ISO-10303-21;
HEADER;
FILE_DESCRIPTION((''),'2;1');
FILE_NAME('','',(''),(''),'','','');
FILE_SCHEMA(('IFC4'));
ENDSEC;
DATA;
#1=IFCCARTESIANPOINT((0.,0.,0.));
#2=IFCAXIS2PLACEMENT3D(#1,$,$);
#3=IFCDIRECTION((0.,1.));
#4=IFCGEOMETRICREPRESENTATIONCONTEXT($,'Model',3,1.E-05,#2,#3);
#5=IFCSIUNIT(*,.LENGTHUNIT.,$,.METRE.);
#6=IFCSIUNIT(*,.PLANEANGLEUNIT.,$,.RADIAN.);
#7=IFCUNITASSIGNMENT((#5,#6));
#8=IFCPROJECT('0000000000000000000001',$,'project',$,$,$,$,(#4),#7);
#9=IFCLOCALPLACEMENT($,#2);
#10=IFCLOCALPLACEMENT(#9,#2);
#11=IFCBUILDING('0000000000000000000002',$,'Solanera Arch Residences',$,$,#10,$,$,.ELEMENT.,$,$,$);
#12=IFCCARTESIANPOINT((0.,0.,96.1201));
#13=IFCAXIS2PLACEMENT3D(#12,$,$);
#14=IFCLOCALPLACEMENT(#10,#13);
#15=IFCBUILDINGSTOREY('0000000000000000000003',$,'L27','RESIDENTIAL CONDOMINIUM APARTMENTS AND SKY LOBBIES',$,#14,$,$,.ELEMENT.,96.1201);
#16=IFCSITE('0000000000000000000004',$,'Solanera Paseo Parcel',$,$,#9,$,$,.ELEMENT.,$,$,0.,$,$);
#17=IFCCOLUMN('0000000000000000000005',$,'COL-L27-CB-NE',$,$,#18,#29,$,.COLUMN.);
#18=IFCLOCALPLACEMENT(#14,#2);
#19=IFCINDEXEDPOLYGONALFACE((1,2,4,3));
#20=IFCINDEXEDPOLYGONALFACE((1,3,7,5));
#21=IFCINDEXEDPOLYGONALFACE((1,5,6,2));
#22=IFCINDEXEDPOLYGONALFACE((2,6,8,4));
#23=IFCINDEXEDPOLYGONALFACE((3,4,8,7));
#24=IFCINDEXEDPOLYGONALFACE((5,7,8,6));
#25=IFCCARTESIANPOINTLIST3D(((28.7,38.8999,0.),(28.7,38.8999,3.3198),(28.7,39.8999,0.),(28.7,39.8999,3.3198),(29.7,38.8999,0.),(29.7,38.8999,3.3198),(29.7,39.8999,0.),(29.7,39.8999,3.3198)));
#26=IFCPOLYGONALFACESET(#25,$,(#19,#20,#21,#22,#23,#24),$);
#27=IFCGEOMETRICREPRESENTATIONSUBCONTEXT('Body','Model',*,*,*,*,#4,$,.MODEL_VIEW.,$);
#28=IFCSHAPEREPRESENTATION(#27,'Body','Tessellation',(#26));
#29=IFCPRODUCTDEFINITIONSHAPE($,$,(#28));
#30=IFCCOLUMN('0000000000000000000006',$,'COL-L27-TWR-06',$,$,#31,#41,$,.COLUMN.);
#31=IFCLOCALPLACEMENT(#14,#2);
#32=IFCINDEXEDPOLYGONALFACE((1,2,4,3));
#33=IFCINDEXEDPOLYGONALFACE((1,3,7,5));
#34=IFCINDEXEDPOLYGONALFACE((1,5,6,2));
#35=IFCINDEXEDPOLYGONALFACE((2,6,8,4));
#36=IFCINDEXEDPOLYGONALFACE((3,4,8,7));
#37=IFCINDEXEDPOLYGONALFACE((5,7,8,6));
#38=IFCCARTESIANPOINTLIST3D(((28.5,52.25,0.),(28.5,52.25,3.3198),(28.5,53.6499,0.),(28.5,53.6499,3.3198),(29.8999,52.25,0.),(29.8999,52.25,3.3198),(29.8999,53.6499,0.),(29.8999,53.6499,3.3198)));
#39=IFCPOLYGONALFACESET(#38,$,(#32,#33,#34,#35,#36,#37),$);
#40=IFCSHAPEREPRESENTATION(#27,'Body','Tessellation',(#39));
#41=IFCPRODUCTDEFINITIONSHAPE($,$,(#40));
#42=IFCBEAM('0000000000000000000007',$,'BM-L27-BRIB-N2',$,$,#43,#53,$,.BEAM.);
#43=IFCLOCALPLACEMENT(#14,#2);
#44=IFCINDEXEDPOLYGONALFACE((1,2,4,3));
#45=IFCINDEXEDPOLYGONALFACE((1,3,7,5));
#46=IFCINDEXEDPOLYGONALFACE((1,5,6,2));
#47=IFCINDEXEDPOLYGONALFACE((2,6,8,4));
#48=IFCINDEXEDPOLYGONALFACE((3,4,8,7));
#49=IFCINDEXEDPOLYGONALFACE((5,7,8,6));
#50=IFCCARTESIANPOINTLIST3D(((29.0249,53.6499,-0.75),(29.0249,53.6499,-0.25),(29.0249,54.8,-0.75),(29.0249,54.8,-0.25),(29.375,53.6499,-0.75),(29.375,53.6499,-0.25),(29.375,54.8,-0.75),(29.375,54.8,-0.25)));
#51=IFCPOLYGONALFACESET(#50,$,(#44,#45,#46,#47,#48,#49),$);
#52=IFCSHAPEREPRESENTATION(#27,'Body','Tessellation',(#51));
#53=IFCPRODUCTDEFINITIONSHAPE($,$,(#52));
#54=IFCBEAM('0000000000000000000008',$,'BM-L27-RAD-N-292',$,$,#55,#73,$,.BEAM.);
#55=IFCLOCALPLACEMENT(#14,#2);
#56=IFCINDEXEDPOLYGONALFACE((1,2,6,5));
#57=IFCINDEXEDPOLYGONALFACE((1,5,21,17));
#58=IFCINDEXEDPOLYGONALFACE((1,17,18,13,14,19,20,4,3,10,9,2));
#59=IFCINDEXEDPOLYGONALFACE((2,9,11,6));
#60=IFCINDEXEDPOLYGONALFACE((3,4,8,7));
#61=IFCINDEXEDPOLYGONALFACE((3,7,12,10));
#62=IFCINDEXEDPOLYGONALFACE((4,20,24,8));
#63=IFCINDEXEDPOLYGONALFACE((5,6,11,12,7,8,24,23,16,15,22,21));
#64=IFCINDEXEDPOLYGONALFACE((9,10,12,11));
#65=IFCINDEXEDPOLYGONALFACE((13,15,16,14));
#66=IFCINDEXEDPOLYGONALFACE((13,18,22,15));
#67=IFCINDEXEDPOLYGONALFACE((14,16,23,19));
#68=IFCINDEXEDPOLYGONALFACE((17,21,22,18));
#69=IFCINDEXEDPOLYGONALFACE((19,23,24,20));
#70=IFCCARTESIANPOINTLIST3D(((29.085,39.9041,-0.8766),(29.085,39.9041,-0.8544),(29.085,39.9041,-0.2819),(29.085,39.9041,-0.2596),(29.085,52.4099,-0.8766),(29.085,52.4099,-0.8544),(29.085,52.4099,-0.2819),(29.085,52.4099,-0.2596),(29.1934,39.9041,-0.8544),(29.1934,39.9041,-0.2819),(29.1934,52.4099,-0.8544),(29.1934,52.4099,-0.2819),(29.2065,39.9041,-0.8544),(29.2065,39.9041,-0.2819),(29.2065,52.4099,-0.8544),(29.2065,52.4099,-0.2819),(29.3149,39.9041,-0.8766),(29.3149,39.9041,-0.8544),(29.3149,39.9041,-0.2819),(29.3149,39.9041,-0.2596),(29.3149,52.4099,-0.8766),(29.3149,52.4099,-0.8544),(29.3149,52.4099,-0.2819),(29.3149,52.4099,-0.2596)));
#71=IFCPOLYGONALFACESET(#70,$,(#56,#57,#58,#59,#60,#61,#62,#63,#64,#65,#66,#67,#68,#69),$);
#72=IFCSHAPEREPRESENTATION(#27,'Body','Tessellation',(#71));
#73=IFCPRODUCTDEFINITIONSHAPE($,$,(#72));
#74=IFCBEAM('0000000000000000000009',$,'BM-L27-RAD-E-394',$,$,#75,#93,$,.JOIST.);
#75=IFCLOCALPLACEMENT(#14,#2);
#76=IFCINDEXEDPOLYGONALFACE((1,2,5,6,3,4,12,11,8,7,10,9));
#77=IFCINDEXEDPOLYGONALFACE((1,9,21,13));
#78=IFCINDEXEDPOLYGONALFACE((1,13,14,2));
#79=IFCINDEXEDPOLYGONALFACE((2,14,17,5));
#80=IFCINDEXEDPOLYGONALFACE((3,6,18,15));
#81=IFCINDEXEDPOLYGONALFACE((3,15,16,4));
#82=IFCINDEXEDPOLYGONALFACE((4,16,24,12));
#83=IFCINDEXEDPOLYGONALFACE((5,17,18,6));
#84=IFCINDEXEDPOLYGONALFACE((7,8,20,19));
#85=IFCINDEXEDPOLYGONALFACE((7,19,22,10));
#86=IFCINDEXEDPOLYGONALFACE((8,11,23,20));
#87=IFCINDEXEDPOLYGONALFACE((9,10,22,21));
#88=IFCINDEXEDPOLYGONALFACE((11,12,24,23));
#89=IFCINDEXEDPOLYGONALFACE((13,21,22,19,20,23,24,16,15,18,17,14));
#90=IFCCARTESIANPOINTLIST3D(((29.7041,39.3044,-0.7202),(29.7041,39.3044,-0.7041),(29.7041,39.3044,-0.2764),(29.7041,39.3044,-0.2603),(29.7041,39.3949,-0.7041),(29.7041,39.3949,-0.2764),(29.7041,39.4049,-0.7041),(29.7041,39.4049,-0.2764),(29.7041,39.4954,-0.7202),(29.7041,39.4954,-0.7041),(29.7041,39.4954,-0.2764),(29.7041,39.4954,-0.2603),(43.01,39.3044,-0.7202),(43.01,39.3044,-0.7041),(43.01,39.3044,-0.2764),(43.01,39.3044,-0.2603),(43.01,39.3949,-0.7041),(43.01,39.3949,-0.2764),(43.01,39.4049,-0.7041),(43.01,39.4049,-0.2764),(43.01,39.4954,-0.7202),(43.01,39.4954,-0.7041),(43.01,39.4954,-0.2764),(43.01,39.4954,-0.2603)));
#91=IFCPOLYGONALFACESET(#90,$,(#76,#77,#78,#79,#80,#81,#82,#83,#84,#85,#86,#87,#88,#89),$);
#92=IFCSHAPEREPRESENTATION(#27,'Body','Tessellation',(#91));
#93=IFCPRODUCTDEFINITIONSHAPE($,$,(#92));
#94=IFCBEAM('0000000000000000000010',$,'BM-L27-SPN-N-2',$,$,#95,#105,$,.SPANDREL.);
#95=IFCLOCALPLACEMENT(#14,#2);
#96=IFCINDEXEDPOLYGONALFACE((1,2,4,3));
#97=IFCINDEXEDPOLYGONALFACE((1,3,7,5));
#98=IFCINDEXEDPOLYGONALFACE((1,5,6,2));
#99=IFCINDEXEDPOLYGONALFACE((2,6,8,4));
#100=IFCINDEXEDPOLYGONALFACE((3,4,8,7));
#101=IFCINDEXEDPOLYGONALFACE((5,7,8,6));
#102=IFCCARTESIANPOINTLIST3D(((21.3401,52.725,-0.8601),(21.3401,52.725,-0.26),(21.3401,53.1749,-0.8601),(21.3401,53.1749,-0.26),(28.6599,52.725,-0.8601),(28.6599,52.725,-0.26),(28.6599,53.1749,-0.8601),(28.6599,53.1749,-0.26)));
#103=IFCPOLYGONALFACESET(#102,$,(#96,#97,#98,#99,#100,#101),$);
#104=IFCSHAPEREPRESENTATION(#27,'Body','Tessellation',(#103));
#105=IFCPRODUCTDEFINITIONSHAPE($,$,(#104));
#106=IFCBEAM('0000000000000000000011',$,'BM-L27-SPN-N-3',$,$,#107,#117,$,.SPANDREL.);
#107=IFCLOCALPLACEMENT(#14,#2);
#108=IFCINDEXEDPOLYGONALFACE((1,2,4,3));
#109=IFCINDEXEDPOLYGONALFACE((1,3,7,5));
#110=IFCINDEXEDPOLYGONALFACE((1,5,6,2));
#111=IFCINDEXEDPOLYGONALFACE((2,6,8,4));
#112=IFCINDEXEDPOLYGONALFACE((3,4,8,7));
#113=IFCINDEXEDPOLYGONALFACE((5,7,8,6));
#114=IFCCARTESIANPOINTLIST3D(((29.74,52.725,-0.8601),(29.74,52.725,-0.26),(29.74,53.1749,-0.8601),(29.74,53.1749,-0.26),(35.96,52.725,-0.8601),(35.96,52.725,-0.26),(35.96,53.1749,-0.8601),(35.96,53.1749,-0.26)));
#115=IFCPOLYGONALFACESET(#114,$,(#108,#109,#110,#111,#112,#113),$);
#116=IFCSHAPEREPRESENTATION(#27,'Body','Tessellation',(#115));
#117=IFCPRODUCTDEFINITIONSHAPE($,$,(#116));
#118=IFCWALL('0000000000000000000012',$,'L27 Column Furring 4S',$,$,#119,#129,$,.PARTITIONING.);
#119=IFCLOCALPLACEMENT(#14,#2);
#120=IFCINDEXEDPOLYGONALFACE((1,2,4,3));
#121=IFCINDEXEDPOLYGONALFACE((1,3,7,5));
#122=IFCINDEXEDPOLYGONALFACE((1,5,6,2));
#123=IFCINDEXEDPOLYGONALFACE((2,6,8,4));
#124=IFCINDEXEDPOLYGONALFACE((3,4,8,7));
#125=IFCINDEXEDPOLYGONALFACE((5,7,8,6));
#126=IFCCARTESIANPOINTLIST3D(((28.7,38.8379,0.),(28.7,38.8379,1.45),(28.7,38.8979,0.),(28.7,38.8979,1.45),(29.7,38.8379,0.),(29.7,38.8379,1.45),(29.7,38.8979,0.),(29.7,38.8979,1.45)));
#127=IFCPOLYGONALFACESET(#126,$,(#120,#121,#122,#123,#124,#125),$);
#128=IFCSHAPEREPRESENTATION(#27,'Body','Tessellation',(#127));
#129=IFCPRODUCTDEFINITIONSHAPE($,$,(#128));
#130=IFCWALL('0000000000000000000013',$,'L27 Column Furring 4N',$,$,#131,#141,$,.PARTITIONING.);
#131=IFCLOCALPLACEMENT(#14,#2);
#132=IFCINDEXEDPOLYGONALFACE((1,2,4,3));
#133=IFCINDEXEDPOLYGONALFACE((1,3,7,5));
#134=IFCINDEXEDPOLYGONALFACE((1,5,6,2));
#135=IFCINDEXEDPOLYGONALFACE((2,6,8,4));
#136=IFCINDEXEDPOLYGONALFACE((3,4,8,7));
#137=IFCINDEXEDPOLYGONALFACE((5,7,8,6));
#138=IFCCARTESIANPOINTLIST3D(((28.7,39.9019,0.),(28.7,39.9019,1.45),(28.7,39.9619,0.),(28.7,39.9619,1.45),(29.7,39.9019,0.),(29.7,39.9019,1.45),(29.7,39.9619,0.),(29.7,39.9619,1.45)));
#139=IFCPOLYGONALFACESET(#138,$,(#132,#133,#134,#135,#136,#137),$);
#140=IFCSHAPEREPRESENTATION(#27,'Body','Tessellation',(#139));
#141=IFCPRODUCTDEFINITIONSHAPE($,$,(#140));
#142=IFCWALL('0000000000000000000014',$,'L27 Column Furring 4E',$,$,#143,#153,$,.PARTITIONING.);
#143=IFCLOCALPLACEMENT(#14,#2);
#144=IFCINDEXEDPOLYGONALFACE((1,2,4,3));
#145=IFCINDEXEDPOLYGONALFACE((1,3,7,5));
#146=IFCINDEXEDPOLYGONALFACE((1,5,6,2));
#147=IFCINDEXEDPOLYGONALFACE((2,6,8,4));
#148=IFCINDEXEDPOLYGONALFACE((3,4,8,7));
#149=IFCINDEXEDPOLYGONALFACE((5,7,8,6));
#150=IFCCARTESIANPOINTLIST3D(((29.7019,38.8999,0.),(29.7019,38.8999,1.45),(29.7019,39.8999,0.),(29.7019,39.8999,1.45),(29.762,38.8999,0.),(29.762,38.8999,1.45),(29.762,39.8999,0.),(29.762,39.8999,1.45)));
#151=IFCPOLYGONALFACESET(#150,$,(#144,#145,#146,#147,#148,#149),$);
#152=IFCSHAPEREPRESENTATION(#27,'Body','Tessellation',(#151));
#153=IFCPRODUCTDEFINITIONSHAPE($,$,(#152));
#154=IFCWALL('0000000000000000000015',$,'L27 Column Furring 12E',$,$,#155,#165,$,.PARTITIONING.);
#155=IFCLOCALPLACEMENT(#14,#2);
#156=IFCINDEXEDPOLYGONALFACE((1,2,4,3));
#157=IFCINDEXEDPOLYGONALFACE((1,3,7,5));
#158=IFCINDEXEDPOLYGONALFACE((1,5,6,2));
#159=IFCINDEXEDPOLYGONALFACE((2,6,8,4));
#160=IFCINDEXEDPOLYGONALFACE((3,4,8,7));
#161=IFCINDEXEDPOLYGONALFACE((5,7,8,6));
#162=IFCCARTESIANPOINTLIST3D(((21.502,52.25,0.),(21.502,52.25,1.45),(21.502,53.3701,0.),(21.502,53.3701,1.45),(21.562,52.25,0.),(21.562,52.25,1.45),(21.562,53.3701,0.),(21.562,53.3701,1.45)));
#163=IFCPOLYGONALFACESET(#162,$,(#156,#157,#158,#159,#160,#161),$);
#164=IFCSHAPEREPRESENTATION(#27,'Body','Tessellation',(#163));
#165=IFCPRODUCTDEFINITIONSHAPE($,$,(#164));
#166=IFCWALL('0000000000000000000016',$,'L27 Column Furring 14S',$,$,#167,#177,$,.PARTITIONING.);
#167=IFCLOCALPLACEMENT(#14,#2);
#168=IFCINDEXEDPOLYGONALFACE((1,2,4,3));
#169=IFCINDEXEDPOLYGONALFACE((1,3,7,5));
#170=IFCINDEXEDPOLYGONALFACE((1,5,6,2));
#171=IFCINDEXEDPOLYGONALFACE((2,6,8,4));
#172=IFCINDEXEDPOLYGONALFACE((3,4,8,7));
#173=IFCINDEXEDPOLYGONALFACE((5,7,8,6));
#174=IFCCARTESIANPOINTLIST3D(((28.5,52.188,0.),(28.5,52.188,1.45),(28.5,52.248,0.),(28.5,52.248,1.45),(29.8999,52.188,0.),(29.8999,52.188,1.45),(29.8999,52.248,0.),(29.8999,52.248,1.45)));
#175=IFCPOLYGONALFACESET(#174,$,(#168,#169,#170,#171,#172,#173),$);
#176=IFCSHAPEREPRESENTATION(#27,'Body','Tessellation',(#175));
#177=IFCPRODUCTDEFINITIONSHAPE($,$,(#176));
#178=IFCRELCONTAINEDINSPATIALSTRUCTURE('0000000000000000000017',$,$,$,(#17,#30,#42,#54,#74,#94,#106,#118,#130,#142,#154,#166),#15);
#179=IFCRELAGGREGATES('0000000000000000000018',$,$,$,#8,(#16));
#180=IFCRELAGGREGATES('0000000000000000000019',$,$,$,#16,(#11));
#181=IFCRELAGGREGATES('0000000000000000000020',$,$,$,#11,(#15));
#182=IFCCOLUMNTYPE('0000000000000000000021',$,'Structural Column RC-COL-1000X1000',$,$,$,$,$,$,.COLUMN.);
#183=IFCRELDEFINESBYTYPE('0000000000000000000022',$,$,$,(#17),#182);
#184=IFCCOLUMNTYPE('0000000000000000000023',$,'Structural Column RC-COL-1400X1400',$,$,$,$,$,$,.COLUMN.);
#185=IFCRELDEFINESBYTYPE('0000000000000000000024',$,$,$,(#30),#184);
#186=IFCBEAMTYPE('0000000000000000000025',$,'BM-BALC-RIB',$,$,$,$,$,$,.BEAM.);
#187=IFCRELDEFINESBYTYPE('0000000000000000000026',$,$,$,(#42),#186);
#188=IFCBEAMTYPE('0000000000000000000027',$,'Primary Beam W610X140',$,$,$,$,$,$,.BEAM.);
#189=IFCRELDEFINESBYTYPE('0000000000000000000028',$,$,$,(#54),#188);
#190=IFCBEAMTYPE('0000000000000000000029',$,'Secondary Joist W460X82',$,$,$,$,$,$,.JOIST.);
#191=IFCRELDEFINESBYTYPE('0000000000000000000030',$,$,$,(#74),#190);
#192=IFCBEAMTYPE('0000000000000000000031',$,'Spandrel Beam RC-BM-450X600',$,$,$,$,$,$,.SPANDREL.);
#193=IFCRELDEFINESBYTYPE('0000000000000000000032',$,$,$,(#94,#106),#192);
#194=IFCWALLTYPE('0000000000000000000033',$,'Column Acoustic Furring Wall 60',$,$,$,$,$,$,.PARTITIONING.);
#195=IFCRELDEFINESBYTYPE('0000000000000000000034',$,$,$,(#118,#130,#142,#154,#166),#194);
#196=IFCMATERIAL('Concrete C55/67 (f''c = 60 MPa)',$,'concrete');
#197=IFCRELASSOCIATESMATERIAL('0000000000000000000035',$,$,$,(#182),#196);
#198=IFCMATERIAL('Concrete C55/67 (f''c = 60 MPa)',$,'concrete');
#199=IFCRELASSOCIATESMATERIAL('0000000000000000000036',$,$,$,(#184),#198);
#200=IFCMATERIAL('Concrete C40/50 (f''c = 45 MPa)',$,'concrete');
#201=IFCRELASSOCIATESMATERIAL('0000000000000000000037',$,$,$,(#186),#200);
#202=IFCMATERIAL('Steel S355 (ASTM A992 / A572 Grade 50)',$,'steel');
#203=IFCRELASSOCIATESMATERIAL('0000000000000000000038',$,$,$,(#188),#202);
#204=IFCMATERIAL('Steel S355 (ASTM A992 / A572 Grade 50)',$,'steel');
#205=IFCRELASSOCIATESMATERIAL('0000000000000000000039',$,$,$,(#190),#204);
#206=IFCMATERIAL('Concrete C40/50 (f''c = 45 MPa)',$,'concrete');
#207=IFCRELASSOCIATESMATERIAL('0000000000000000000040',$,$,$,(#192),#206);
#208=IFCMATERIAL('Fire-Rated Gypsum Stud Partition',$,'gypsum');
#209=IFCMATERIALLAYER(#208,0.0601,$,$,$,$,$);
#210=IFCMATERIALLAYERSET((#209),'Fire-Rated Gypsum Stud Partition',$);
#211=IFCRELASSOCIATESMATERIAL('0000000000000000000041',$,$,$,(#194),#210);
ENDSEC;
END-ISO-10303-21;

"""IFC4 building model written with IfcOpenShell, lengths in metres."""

from ifc_helpers import new_model, si_unit, direction, frame, frame_2d, origin, origin_2d, place, context, subcontext, project, spatial, rectangle, i_section, extrude, material, layer, layer_set, material_profile, profile_set, type_object, element, save


model = new_model("IFC4")

# Units and contexts
model_context = context("Model", 3, precision=1e-05, world=origin(), true_north=direction((0.0, 1.0)))
body_context = subcontext(model_context, "Body", "Model", "MODEL_VIEW")
ifc_project = project(units=[si_unit("LENGTHUNIT", "METRE"), si_unit("PLANEANGLEUNIT", "RADIAN")], contexts=[model_context])

# Site, building, storey
site_placement = place(None, origin())
site = spatial("IfcSite", under=ifc_project, at=site_placement, Name="Solanera Paseo Parcel", CompositionType="ELEMENT", RefElevation=0.0)
building_placement = place(site_placement, origin())
building = spatial("IfcBuilding", under=site, at=building_placement, Name="Solanera Arch Residences", CompositionType="ELEMENT")
storey_placement = place(building_placement, frame((0.0, 0.0, 96.1201)))
storey = spatial("IfcBuildingStorey", under=building, at=storey_placement, Name="L27", Description="RESIDENTIAL CONDOMINIUM APARTMENTS AND SKY LOBBIES", CompositionType="ELEMENT", Elevation=96.1201)

# Columns
ifc_material_1 = material(Name="Concrete C55/67 (f'c = 60 MPa)", Category="concrete")
ifc_material_profile_1 = material_profile(ifc_material_1, rectangle(XDim=1.0, YDim=1.0, at=origin_2d()))
ifc_profile_set_1 = profile_set([ifc_material_profile_1], Name="Concrete C55/67 (f'c = 60 MPa)")
column_type_1 = type_object("IfcColumnType", Name="Structural Column RC-COL-1000X1000", PredefinedType="COLUMN", material=ifc_profile_set_1)
column_1_placement = place(storey_placement, frame((29.2, 39.3999, 0.0), z_axis=(0.0, 0.0, 1.0), x_axis=(1.0, 0.0, 0.0)))
element("IfcColumn", 1, at=column_1_placement, inside=storey, type_object=column_type_1, Name="COL-L27-CB-NE", PredefinedType="COLUMN", context=body_context, shape_type="SweptSolid", body=[
    extrude(rectangle(XDim=1.0, YDim=1.0, at=origin_2d()), origin(), (0.0, 0.0, 1.0), 3.3198),
])
ifc_material_2 = material(Name="Concrete C55/67 (f'c = 60 MPa)", Category="concrete")
ifc_material_profile_2 = material_profile(ifc_material_2, rectangle(XDim=1.3999, YDim=1.3999, at=origin_2d()))
ifc_profile_set_2 = profile_set([ifc_material_profile_2], Name="Concrete C55/67 (f'c = 60 MPa)")
column_type_2 = type_object("IfcColumnType", Name="Structural Column RC-COL-1400X1400", PredefinedType="COLUMN", material=ifc_profile_set_2)
column_2_placement = place(storey_placement, frame((29.2, 52.95, 0.0), z_axis=(0.0, 0.0, 1.0), x_axis=(1.0, 0.0, 0.0)))
element("IfcColumn", 2, at=column_2_placement, inside=storey, type_object=column_type_2, Name="COL-L27-TWR-06", PredefinedType="COLUMN", context=body_context, shape_type="SweptSolid", body=[
    extrude(rectangle(XDim=1.3999, YDim=1.3999, at=origin_2d()), origin(), (0.0, 0.0, 1.0), 3.3198),
])

# Beams
ifc_material_3 = material(Name="Concrete C40/50 (f'c = 45 MPa)", Category="concrete")
ifc_material_profile_3 = material_profile(ifc_material_3, rectangle(XDim=0.3501, YDim=0.5, at=origin_2d()))
ifc_profile_set_3 = profile_set([ifc_material_profile_3], Name="Concrete C40/50 (f'c = 45 MPa)")
beam_type_1 = type_object("IfcBeamType", Name="BM-BALC-RIB", PredefinedType="BEAM", material=ifc_profile_set_3)
beam_1_placement = place(storey_placement, frame((29.2, 53.6499, -0.5), z_axis=(0.0, 1.0, 0.0), x_axis=(-1.0, 0.0, 0.0)))
element("IfcBeam", 3, at=beam_1_placement, inside=storey, type_object=beam_type_1, Name="BM-L27-BRIB-N2", PredefinedType="BEAM", context=body_context, shape_type="SweptSolid", body=[
    extrude(rectangle(XDim=0.3501, YDim=0.5, at=origin_2d()), origin(), (0.0, 0.0, 1.0), 1.1501),
])
ifc_material_4 = material(Name="Steel S355 (ASTM A992 / A572 Grade 50)", Category="steel")
ifc_material_profile_4 = material_profile(ifc_material_4, i_section(OverallWidth=0.23, OverallDepth=0.6169, WebThickness=0.0132, FlangeThickness=0.0222, at=origin_2d()))
ifc_profile_set_4 = profile_set([ifc_material_profile_4], Name="Steel S355 (ASTM A992 / A572 Grade 50)")
beam_type_2 = type_object("IfcBeamType", Name="Primary Beam W610X140", PredefinedType="BEAM", material=ifc_profile_set_4)
beam_2_placement = place(storey_placement, frame((29.2, 39.9041, -0.5681), z_axis=(0.0, 1.0, 0.0), x_axis=(-1.0, 0.0, 0.0)))
element("IfcBeam", 4, at=beam_2_placement, inside=storey, type_object=beam_type_2, Name="BM-L27-RAD-N-292", PredefinedType="BEAM", context=body_context, shape_type="SweptSolid", body=[
    extrude(i_section(OverallWidth=0.23, OverallDepth=0.6169, WebThickness=0.0132, FlangeThickness=0.0222, at=origin_2d()), origin(), (0.0, 0.0, 1.0), 12.5059),
])
ifc_material_5 = material(Name="Steel S355 (ASTM A992 / A572 Grade 50)", Category="steel")
ifc_material_profile_5 = material_profile(ifc_material_5, i_section(OverallWidth=0.1909, OverallDepth=0.46, WebThickness=0.01, FlangeThickness=0.0161, at=origin_2d()))
ifc_profile_set_5 = profile_set([ifc_material_profile_5], Name="Steel S355 (ASTM A992 / A572 Grade 50)")
beam_type_3 = type_object("IfcBeamType", Name="Secondary Joist W460X82", PredefinedType="JOIST", material=ifc_profile_set_5)
beam_3_placement = place(storey_placement, frame((29.7041, 39.3999, -0.4902), z_axis=(1.0, 0.0, 0.0), x_axis=(0.0, 1.0, 0.0)))
element("IfcBeam", 5, at=beam_3_placement, inside=storey, type_object=beam_type_3, Name="BM-L27-RAD-E-394", PredefinedType="JOIST", context=body_context, shape_type="SweptSolid", body=[
    extrude(i_section(OverallWidth=0.1909, OverallDepth=0.46, WebThickness=0.01, FlangeThickness=0.0161, at=origin_2d()), origin(), (0.0, 0.0, 1.0), 13.3059),
])
ifc_material_6 = material(Name="Concrete C40/50 (f'c = 45 MPa)", Category="concrete")
ifc_material_profile_6 = material_profile(ifc_material_6, rectangle(XDim=0.45, YDim=0.6001, at=origin_2d()))
ifc_profile_set_6 = profile_set([ifc_material_profile_6], Name="Concrete C40/50 (f'c = 45 MPa)")
beam_type_4 = type_object("IfcBeamType", Name="Spandrel Beam RC-BM-450X600", PredefinedType="SPANDREL", material=ifc_profile_set_6)
beam_4_placement = place(storey_placement, frame((21.3401, 52.95, -0.5601), z_axis=(1.0, 0.0, 0.0), x_axis=(0.0, 1.0, 0.0)))
element("IfcBeam", 6, at=beam_4_placement, inside=storey, type_object=beam_type_4, Name="BM-L27-SPN-N-2", PredefinedType="SPANDREL", context=body_context, shape_type="SweptSolid", body=[
    extrude(rectangle(XDim=0.45, YDim=0.6001, at=origin_2d()), origin(), (0.0, 0.0, 1.0), 7.3198),
])
beam_5_placement = place(storey_placement, frame((29.74, 52.95, -0.5601), z_axis=(1.0, 0.0, 0.0), x_axis=(0.0, 1.0, 0.0)))
element("IfcBeam", 7, at=beam_5_placement, inside=storey, type_object=beam_type_4, Name="BM-L27-SPN-N-3", PredefinedType="SPANDREL", context=body_context, shape_type="SweptSolid", body=[
    extrude(rectangle(XDim=0.45, YDim=0.6001, at=origin_2d()), origin(), (0.0, 0.0, 1.0), 6.22),
])

# Walls
ifc_material_7 = material(Name="Fire-Rated Gypsum Stud Partition", Category="gypsum")
ifc_layer_1 = layer(ifc_material_7, 0.0601)
ifc_layer_set_1 = layer_set([ifc_layer_1], Name="Fire-Rated Gypsum Stud Partition")
wall_type_1 = type_object("IfcWallType", Name="Column Acoustic Furring Wall 60", PredefinedType="PARTITIONING", material=ifc_layer_set_1)
for number, where, z_axis, x_axis, name in (
    (8, (28.7, 38.8679, 0.0), (0.0, 0.0, 1.0), (1.0, 0.0, 0.0), "L27 Column Furring 4S"),
    (9, (28.7, 39.9319, 0.0), (0.0, 0.0, 1.0), (1.0, 0.0, 0.0), "L27 Column Furring 4N"),
    (10, (29.7319, 38.8999, 0.0), (0.0, 0.0, 1.0), (0.0, 1.0, 0.0), "L27 Column Furring 4E"),
):
    element("IfcWall", number, at=place(storey_placement, frame(where, z_axis=z_axis, x_axis=x_axis)), inside=storey, type_object=wall_type_1, Name=name, PredefinedType="PARTITIONING", context=body_context, shape_type="SweptSolid", body=[
        extrude(rectangle(XDim=1.0, YDim=0.0601, at=frame_2d((0.5, 0.0))), origin(), (0.0, 0.0, 1.0), 1.45),
    ])
wall_1_placement = place(storey_placement, frame((21.532, 52.25, 0.0), z_axis=(0.0, 0.0, 1.0), x_axis=(0.0, 1.0, 0.0)))
element("IfcWall", 11, at=wall_1_placement, inside=storey, type_object=wall_type_1, Name="L27 Column Furring 12E", PredefinedType="PARTITIONING", context=body_context, shape_type="SweptSolid", body=[
    extrude(rectangle(XDim=1.1201, YDim=0.0601, at=frame_2d((0.5601, 0.0))), origin(), (0.0, 0.0, 1.0), 1.45),
])
wall_2_placement = place(storey_placement, frame((28.5, 52.218, 0.0), z_axis=(0.0, 0.0, 1.0), x_axis=(1.0, 0.0, 0.0)))
element("IfcWall", 12, at=wall_2_placement, inside=storey, type_object=wall_type_1, Name="L27 Column Furring 14S", PredefinedType="PARTITIONING", context=body_context, shape_type="SweptSolid", body=[
    extrude(rectangle(XDim=1.3999, YDim=0.0601, at=frame_2d((0.7, 0.0))), origin(), (0.0, 0.0, 1.0), 1.45),
])

save(model, "model.ifc")
